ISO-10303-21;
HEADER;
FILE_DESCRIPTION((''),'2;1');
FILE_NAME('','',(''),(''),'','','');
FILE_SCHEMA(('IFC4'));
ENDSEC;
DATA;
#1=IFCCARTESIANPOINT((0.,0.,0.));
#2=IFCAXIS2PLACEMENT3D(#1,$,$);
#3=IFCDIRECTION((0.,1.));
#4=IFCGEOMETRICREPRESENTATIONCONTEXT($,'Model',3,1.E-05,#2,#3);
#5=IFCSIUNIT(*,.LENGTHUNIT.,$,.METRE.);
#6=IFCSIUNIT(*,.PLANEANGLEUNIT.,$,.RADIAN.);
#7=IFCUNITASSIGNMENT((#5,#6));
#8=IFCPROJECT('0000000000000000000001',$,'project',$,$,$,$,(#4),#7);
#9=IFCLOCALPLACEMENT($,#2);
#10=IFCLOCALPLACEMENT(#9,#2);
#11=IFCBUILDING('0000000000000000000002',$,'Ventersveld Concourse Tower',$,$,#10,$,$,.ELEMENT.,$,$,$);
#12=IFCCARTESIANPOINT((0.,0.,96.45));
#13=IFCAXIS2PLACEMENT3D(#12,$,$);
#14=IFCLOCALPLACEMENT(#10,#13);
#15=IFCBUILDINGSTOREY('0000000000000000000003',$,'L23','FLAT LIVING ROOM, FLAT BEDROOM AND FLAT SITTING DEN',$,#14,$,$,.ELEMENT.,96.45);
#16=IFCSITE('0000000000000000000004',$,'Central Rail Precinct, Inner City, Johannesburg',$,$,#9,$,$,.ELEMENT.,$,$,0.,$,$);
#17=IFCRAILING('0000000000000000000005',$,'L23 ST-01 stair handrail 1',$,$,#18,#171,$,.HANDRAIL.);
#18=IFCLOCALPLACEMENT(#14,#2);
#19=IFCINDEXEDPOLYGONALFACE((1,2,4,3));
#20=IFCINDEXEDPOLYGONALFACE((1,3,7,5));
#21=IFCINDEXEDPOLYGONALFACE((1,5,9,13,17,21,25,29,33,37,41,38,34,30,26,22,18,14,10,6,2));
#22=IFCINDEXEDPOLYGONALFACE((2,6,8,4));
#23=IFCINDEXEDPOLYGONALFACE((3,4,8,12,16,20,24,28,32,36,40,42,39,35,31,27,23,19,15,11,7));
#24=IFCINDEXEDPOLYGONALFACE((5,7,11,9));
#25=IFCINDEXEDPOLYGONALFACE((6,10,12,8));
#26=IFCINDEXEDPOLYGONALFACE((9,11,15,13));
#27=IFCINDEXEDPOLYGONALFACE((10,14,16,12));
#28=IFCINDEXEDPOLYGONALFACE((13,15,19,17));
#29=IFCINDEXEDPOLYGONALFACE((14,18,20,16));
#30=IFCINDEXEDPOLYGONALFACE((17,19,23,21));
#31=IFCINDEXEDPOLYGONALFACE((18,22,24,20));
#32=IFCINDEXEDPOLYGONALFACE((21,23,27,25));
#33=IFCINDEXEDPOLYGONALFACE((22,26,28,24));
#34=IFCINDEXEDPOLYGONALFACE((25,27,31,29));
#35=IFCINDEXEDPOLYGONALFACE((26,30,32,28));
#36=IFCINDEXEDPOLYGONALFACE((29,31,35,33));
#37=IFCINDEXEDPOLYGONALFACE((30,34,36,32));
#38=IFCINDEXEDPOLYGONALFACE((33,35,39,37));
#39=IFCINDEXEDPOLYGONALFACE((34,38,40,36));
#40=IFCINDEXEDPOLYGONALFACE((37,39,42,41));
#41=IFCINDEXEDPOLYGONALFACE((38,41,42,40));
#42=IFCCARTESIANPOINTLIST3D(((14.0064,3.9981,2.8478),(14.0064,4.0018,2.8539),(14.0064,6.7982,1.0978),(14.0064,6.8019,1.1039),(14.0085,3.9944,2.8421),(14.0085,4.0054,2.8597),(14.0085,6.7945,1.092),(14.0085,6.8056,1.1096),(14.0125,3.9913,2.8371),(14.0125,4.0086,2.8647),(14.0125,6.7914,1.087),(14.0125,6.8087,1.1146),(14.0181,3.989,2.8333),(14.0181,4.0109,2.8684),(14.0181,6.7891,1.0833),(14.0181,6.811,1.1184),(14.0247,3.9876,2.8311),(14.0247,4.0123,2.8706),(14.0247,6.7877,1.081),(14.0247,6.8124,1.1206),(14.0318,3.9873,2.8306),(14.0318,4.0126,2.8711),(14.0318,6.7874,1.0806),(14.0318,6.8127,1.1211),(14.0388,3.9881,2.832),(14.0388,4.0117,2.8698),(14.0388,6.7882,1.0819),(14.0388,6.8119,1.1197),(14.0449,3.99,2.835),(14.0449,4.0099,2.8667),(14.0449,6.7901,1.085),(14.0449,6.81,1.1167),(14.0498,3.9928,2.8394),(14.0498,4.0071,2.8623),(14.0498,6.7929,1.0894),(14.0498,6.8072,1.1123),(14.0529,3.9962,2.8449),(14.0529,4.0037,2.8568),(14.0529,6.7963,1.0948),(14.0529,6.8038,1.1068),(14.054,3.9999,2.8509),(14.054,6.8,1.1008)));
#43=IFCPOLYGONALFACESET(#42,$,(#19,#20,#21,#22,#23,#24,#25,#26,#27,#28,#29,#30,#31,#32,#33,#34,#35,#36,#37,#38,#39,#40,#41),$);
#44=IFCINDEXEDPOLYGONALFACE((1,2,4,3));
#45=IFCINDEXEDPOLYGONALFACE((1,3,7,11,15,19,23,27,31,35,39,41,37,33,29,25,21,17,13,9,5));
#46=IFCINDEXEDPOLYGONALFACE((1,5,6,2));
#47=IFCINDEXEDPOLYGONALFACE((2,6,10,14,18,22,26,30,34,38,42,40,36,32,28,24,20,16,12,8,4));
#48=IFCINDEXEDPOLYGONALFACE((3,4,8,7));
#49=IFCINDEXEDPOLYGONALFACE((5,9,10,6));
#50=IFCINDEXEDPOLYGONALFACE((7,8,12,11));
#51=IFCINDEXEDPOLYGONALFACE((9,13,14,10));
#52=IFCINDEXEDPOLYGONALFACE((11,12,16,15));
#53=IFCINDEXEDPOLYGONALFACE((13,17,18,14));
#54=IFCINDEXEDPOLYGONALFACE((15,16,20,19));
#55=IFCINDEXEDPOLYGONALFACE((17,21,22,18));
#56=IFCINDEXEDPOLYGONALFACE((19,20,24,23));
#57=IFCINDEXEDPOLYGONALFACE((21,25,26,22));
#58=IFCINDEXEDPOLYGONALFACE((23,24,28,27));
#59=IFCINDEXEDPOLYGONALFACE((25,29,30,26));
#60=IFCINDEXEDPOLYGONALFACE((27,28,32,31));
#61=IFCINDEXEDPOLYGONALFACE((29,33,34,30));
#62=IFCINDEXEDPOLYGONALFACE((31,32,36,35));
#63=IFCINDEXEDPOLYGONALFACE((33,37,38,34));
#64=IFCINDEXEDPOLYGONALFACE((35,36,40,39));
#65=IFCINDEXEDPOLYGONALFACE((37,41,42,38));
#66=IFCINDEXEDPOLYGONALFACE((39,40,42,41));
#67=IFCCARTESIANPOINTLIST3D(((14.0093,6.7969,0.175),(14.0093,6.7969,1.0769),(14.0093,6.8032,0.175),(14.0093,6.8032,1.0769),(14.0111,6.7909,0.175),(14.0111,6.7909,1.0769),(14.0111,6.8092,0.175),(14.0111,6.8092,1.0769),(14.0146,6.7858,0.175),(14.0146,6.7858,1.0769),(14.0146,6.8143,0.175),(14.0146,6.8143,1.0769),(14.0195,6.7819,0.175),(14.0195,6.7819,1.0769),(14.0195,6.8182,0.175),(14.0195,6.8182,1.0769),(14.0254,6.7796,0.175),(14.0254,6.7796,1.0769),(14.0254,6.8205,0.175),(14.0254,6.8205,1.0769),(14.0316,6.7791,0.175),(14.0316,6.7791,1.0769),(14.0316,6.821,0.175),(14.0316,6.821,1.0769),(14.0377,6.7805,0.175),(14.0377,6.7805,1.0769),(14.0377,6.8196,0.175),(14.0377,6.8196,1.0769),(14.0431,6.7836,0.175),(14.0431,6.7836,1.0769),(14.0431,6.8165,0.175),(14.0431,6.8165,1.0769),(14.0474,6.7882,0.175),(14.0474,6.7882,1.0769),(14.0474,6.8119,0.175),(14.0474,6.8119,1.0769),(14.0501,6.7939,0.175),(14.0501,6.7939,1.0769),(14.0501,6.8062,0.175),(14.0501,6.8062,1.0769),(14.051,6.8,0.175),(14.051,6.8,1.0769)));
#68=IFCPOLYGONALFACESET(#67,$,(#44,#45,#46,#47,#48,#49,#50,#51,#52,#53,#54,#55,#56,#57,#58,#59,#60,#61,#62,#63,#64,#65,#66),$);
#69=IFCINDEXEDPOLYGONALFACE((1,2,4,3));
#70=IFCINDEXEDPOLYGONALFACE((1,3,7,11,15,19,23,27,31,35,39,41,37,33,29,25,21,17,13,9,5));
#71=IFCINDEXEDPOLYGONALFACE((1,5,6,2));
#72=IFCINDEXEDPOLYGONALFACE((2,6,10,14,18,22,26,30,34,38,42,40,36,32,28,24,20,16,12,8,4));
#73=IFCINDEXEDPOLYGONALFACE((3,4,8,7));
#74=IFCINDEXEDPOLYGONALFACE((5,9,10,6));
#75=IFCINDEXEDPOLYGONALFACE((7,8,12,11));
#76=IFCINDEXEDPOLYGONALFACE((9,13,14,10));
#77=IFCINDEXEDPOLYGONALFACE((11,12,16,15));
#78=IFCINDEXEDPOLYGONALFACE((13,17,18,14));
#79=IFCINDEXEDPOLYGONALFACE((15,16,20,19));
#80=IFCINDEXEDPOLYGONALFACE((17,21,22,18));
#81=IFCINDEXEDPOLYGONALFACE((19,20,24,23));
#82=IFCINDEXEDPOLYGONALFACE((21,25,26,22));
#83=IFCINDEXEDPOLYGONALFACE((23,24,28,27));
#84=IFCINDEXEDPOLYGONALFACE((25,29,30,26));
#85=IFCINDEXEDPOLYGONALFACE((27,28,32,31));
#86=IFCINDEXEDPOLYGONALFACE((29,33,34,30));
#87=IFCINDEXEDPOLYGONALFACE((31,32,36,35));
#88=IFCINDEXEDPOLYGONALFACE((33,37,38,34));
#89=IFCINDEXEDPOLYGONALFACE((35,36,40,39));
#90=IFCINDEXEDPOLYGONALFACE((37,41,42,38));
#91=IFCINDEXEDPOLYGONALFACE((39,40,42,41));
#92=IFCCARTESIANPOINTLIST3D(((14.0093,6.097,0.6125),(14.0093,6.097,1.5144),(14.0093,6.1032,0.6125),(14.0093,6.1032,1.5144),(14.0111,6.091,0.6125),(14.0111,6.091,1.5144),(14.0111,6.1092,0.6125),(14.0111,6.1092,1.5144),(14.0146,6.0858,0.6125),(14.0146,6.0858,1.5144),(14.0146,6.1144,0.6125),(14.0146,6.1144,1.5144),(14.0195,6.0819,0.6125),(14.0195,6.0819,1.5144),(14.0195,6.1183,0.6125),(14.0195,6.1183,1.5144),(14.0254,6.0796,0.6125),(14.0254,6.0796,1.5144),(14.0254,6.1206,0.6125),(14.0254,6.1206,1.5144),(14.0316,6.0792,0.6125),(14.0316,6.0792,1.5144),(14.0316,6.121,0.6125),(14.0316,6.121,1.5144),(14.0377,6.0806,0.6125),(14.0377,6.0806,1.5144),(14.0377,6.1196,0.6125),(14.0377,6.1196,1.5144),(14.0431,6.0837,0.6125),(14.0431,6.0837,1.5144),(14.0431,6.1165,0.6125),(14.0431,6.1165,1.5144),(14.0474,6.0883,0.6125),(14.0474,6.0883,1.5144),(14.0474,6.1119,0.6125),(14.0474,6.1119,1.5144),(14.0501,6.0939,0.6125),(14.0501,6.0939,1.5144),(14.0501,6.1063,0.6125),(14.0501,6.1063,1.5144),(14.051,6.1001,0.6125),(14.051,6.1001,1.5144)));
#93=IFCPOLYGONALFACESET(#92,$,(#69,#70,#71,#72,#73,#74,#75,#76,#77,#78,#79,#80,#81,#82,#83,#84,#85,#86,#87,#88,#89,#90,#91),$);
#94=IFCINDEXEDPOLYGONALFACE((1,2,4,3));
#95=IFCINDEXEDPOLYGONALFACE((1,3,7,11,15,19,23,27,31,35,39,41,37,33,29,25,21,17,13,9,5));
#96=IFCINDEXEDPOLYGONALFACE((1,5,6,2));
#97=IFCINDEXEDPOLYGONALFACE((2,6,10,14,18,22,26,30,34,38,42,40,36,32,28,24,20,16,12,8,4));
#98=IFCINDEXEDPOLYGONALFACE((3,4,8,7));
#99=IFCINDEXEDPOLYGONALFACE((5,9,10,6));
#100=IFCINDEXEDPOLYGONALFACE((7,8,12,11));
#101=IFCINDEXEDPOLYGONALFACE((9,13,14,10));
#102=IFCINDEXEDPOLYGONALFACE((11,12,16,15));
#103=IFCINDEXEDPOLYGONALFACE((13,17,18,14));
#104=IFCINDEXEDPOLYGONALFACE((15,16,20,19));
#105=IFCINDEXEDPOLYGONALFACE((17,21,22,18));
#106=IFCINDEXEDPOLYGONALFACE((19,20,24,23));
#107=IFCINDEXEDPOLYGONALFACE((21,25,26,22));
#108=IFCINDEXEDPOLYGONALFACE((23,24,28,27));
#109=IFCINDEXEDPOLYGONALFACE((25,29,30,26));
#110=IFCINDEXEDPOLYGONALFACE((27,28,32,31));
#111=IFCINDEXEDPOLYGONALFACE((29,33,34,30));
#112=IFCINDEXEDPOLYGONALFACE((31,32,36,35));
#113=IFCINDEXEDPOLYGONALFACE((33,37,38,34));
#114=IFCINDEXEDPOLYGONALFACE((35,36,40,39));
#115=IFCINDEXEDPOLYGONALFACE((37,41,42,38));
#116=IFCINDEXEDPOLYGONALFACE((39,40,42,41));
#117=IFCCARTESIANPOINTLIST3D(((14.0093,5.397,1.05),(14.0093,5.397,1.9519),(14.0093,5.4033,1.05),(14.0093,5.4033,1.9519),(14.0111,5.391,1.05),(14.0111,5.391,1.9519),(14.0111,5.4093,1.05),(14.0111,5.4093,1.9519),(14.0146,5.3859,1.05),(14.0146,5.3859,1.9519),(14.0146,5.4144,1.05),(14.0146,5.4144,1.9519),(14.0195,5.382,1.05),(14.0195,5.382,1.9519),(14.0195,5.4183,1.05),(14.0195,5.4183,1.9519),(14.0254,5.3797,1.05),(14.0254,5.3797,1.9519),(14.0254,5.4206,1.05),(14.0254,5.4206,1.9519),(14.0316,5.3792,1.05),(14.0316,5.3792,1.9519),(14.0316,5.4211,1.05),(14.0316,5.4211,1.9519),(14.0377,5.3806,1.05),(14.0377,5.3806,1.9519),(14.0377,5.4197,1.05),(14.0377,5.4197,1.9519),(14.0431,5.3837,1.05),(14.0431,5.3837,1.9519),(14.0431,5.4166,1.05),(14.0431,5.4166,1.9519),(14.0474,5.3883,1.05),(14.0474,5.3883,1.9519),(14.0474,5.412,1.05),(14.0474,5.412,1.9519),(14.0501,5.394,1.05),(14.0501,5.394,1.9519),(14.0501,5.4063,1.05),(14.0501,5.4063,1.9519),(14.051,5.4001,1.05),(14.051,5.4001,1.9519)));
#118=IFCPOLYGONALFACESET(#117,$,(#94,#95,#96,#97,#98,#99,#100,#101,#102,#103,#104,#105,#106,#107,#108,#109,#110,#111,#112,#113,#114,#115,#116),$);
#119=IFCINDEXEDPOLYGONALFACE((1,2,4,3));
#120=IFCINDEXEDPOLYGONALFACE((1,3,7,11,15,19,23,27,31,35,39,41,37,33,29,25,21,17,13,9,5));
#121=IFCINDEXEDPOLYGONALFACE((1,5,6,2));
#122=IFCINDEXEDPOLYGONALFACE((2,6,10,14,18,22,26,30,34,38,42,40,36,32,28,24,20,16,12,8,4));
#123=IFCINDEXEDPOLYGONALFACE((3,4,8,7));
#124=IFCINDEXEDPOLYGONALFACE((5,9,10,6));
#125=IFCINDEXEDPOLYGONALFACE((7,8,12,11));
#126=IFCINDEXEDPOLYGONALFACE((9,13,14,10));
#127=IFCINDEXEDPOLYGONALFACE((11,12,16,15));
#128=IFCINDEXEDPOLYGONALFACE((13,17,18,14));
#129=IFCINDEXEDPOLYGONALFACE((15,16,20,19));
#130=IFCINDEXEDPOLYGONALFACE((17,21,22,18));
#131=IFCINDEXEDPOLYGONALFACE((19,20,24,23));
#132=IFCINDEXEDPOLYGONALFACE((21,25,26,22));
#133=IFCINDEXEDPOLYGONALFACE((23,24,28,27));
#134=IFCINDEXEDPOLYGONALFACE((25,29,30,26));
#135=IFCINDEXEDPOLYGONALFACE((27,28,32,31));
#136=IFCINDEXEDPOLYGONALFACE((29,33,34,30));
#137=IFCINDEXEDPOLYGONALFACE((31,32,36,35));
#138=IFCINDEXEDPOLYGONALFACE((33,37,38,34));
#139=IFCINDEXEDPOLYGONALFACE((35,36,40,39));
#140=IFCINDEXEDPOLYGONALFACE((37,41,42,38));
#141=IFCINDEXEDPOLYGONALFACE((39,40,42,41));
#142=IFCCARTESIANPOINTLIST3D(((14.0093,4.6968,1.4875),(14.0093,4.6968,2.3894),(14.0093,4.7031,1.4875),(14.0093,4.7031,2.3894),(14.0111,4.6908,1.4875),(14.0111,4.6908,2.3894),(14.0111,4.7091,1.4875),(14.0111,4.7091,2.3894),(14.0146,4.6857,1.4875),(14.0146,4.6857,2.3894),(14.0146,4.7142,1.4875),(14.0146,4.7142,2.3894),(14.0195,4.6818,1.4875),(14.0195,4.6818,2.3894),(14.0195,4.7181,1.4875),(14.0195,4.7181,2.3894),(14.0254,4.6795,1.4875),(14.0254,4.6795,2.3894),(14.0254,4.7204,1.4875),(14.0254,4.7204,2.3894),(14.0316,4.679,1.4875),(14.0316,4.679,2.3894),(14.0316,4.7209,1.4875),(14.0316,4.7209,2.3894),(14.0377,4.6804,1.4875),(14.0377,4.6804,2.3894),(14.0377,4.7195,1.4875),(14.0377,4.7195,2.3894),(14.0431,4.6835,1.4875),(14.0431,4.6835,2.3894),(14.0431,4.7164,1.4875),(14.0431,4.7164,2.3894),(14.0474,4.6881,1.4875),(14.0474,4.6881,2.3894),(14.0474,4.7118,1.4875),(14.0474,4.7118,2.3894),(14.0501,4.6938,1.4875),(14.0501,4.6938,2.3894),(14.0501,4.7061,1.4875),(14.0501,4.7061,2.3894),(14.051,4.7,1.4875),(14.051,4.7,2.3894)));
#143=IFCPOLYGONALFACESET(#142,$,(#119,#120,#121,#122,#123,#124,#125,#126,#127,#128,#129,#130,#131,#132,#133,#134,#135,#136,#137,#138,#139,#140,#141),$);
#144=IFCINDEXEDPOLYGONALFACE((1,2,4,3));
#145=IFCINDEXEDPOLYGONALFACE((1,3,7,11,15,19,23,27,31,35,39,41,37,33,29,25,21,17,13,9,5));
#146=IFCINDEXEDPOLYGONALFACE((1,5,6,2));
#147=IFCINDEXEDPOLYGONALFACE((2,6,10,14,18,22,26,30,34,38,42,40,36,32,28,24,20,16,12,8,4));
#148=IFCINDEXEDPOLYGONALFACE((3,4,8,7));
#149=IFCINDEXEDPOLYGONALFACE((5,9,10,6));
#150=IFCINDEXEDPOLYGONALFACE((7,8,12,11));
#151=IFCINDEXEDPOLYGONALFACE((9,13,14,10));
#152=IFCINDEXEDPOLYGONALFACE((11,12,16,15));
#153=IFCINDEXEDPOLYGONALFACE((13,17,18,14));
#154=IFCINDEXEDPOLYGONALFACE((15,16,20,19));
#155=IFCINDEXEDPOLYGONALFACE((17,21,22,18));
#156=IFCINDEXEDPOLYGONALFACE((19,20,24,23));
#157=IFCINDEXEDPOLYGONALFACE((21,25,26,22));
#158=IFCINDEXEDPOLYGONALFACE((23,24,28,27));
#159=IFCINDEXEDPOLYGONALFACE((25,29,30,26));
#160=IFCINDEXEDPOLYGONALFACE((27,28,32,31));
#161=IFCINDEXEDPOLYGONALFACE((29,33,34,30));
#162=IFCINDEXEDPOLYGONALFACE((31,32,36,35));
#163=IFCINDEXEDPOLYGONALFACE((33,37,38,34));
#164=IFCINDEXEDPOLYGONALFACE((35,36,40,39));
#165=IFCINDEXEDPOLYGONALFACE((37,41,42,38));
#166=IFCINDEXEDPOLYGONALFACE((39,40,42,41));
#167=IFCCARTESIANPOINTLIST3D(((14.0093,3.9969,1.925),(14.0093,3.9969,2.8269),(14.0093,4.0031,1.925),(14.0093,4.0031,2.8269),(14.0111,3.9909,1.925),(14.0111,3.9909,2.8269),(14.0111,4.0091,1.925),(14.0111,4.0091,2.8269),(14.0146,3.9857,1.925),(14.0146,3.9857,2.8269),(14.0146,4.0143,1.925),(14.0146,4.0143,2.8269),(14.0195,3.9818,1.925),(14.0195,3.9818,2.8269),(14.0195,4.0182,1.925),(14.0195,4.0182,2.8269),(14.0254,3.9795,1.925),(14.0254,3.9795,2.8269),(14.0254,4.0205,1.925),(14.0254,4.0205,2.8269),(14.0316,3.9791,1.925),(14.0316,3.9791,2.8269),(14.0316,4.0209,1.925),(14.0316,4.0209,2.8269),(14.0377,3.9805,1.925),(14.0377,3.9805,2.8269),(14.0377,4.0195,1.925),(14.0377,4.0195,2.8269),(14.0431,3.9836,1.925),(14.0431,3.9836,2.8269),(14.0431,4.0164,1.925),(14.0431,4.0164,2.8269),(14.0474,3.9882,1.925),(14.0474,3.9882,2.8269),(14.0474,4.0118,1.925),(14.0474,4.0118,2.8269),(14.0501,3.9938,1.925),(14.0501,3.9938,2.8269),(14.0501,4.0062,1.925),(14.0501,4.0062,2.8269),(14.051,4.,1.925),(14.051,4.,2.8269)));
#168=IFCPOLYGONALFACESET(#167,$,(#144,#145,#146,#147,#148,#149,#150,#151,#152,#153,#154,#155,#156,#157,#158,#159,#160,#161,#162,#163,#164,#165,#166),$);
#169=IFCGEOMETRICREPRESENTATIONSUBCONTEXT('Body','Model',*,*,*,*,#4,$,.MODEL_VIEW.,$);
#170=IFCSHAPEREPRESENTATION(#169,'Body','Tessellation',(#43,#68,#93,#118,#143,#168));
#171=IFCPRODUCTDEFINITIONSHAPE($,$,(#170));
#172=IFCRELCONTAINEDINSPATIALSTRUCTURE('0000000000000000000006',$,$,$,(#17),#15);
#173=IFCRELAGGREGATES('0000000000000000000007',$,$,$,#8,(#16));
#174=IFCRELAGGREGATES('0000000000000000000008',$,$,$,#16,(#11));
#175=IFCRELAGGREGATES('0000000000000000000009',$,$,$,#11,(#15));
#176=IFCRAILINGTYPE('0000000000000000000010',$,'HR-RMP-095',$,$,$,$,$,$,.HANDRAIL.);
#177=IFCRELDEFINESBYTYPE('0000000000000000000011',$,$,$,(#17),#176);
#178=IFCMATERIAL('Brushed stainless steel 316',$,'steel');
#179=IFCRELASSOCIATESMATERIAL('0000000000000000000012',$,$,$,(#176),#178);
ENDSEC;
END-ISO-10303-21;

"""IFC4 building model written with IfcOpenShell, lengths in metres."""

from ifc_helpers import new_model, si_unit, direction, frame, origin, origin_2d, place, context, subcontext, project, spatial, circle, extrude, material, type_object, element, save


model = new_model("IFC4")

# Units and contexts
model_context = context("Model", 3, precision=1e-05, world=origin(), true_north=direction((0.0, 1.0)))
body_context = subcontext(model_context, "Body", "Model", "MODEL_VIEW")
ifc_project = project(units=[si_unit("LENGTHUNIT", "METRE"), si_unit("PLANEANGLEUNIT", "RADIAN")], contexts=[model_context])

# Site, building, storey
site_placement = place(None, origin())
site = spatial("IfcSite", under=ifc_project, at=site_placement, Name="Central Rail Precinct, Inner City, Johannesburg", CompositionType="ELEMENT", RefElevation=0.0)
building_placement = place(site_placement, origin())
building = spatial("IfcBuilding", under=site, at=building_placement, Name="Ventersveld Concourse Tower", CompositionType="ELEMENT")
storey_placement = place(building_placement, frame((0.0, 0.0, 96.45)))
storey = spatial("IfcBuildingStorey", under=building, at=storey_placement, Name="L23", Description="FLAT LIVING ROOM, FLAT BEDROOM AND FLAT SITTING DEN", CompositionType="ELEMENT", Elevation=96.45)

# Railing
ifc_material_1 = material(Name="Brushed stainless steel 316", Category="steel")
railing_type_1 = type_object("IfcRailingType", Name="HR-RMP-095", PredefinedType="HANDRAIL", material=ifc_material_1)
railing_1_placement = place(storey_placement, frame((14.03, 6.8, 0.175)))
element("IfcRailing", 1, at=railing_1_placement, inside=storey, type_object=railing_type_1, Name="L23 ST-01 stair handrail 1", PredefinedType="HANDRAIL", context=body_context, shape_type="SweptSolid", body=[
    extrude(circle(Radius=0.0239, at=origin_2d()), frame((0.0, 0.0, 0.9258), z_axis=(0.0, -0.848002, 0.529992), x_axis=(1.0, 0.0, 0.0)), (0.0, 0.0, 1.0), 3.302),
    extrude(circle(Radius=0.021, at=origin_2d()), origin(), (0.0, 0.0, 1.0), 0.9019),
    extrude(circle(Radius=0.021, at=origin_2d()), frame((0.0, -0.7, 0.4375)), (0.0, 0.0, 1.0), 0.9019),
    extrude(circle(Radius=0.021, at=origin_2d()), frame((0.0, -1.3999, 0.875)), (0.0, 0.0, 1.0), 0.9019),
    extrude(circle(Radius=0.021, at=origin_2d()), frame((0.0, -2.1001, 1.3125)), (0.0, 0.0, 1.0), 0.9019),
    extrude(circle(Radius=0.021, at=origin_2d()), frame((0.0, -2.8, 1.75)), (0.0, 0.0, 1.0), 0.9019),
])

save(model, "model.ifc")
